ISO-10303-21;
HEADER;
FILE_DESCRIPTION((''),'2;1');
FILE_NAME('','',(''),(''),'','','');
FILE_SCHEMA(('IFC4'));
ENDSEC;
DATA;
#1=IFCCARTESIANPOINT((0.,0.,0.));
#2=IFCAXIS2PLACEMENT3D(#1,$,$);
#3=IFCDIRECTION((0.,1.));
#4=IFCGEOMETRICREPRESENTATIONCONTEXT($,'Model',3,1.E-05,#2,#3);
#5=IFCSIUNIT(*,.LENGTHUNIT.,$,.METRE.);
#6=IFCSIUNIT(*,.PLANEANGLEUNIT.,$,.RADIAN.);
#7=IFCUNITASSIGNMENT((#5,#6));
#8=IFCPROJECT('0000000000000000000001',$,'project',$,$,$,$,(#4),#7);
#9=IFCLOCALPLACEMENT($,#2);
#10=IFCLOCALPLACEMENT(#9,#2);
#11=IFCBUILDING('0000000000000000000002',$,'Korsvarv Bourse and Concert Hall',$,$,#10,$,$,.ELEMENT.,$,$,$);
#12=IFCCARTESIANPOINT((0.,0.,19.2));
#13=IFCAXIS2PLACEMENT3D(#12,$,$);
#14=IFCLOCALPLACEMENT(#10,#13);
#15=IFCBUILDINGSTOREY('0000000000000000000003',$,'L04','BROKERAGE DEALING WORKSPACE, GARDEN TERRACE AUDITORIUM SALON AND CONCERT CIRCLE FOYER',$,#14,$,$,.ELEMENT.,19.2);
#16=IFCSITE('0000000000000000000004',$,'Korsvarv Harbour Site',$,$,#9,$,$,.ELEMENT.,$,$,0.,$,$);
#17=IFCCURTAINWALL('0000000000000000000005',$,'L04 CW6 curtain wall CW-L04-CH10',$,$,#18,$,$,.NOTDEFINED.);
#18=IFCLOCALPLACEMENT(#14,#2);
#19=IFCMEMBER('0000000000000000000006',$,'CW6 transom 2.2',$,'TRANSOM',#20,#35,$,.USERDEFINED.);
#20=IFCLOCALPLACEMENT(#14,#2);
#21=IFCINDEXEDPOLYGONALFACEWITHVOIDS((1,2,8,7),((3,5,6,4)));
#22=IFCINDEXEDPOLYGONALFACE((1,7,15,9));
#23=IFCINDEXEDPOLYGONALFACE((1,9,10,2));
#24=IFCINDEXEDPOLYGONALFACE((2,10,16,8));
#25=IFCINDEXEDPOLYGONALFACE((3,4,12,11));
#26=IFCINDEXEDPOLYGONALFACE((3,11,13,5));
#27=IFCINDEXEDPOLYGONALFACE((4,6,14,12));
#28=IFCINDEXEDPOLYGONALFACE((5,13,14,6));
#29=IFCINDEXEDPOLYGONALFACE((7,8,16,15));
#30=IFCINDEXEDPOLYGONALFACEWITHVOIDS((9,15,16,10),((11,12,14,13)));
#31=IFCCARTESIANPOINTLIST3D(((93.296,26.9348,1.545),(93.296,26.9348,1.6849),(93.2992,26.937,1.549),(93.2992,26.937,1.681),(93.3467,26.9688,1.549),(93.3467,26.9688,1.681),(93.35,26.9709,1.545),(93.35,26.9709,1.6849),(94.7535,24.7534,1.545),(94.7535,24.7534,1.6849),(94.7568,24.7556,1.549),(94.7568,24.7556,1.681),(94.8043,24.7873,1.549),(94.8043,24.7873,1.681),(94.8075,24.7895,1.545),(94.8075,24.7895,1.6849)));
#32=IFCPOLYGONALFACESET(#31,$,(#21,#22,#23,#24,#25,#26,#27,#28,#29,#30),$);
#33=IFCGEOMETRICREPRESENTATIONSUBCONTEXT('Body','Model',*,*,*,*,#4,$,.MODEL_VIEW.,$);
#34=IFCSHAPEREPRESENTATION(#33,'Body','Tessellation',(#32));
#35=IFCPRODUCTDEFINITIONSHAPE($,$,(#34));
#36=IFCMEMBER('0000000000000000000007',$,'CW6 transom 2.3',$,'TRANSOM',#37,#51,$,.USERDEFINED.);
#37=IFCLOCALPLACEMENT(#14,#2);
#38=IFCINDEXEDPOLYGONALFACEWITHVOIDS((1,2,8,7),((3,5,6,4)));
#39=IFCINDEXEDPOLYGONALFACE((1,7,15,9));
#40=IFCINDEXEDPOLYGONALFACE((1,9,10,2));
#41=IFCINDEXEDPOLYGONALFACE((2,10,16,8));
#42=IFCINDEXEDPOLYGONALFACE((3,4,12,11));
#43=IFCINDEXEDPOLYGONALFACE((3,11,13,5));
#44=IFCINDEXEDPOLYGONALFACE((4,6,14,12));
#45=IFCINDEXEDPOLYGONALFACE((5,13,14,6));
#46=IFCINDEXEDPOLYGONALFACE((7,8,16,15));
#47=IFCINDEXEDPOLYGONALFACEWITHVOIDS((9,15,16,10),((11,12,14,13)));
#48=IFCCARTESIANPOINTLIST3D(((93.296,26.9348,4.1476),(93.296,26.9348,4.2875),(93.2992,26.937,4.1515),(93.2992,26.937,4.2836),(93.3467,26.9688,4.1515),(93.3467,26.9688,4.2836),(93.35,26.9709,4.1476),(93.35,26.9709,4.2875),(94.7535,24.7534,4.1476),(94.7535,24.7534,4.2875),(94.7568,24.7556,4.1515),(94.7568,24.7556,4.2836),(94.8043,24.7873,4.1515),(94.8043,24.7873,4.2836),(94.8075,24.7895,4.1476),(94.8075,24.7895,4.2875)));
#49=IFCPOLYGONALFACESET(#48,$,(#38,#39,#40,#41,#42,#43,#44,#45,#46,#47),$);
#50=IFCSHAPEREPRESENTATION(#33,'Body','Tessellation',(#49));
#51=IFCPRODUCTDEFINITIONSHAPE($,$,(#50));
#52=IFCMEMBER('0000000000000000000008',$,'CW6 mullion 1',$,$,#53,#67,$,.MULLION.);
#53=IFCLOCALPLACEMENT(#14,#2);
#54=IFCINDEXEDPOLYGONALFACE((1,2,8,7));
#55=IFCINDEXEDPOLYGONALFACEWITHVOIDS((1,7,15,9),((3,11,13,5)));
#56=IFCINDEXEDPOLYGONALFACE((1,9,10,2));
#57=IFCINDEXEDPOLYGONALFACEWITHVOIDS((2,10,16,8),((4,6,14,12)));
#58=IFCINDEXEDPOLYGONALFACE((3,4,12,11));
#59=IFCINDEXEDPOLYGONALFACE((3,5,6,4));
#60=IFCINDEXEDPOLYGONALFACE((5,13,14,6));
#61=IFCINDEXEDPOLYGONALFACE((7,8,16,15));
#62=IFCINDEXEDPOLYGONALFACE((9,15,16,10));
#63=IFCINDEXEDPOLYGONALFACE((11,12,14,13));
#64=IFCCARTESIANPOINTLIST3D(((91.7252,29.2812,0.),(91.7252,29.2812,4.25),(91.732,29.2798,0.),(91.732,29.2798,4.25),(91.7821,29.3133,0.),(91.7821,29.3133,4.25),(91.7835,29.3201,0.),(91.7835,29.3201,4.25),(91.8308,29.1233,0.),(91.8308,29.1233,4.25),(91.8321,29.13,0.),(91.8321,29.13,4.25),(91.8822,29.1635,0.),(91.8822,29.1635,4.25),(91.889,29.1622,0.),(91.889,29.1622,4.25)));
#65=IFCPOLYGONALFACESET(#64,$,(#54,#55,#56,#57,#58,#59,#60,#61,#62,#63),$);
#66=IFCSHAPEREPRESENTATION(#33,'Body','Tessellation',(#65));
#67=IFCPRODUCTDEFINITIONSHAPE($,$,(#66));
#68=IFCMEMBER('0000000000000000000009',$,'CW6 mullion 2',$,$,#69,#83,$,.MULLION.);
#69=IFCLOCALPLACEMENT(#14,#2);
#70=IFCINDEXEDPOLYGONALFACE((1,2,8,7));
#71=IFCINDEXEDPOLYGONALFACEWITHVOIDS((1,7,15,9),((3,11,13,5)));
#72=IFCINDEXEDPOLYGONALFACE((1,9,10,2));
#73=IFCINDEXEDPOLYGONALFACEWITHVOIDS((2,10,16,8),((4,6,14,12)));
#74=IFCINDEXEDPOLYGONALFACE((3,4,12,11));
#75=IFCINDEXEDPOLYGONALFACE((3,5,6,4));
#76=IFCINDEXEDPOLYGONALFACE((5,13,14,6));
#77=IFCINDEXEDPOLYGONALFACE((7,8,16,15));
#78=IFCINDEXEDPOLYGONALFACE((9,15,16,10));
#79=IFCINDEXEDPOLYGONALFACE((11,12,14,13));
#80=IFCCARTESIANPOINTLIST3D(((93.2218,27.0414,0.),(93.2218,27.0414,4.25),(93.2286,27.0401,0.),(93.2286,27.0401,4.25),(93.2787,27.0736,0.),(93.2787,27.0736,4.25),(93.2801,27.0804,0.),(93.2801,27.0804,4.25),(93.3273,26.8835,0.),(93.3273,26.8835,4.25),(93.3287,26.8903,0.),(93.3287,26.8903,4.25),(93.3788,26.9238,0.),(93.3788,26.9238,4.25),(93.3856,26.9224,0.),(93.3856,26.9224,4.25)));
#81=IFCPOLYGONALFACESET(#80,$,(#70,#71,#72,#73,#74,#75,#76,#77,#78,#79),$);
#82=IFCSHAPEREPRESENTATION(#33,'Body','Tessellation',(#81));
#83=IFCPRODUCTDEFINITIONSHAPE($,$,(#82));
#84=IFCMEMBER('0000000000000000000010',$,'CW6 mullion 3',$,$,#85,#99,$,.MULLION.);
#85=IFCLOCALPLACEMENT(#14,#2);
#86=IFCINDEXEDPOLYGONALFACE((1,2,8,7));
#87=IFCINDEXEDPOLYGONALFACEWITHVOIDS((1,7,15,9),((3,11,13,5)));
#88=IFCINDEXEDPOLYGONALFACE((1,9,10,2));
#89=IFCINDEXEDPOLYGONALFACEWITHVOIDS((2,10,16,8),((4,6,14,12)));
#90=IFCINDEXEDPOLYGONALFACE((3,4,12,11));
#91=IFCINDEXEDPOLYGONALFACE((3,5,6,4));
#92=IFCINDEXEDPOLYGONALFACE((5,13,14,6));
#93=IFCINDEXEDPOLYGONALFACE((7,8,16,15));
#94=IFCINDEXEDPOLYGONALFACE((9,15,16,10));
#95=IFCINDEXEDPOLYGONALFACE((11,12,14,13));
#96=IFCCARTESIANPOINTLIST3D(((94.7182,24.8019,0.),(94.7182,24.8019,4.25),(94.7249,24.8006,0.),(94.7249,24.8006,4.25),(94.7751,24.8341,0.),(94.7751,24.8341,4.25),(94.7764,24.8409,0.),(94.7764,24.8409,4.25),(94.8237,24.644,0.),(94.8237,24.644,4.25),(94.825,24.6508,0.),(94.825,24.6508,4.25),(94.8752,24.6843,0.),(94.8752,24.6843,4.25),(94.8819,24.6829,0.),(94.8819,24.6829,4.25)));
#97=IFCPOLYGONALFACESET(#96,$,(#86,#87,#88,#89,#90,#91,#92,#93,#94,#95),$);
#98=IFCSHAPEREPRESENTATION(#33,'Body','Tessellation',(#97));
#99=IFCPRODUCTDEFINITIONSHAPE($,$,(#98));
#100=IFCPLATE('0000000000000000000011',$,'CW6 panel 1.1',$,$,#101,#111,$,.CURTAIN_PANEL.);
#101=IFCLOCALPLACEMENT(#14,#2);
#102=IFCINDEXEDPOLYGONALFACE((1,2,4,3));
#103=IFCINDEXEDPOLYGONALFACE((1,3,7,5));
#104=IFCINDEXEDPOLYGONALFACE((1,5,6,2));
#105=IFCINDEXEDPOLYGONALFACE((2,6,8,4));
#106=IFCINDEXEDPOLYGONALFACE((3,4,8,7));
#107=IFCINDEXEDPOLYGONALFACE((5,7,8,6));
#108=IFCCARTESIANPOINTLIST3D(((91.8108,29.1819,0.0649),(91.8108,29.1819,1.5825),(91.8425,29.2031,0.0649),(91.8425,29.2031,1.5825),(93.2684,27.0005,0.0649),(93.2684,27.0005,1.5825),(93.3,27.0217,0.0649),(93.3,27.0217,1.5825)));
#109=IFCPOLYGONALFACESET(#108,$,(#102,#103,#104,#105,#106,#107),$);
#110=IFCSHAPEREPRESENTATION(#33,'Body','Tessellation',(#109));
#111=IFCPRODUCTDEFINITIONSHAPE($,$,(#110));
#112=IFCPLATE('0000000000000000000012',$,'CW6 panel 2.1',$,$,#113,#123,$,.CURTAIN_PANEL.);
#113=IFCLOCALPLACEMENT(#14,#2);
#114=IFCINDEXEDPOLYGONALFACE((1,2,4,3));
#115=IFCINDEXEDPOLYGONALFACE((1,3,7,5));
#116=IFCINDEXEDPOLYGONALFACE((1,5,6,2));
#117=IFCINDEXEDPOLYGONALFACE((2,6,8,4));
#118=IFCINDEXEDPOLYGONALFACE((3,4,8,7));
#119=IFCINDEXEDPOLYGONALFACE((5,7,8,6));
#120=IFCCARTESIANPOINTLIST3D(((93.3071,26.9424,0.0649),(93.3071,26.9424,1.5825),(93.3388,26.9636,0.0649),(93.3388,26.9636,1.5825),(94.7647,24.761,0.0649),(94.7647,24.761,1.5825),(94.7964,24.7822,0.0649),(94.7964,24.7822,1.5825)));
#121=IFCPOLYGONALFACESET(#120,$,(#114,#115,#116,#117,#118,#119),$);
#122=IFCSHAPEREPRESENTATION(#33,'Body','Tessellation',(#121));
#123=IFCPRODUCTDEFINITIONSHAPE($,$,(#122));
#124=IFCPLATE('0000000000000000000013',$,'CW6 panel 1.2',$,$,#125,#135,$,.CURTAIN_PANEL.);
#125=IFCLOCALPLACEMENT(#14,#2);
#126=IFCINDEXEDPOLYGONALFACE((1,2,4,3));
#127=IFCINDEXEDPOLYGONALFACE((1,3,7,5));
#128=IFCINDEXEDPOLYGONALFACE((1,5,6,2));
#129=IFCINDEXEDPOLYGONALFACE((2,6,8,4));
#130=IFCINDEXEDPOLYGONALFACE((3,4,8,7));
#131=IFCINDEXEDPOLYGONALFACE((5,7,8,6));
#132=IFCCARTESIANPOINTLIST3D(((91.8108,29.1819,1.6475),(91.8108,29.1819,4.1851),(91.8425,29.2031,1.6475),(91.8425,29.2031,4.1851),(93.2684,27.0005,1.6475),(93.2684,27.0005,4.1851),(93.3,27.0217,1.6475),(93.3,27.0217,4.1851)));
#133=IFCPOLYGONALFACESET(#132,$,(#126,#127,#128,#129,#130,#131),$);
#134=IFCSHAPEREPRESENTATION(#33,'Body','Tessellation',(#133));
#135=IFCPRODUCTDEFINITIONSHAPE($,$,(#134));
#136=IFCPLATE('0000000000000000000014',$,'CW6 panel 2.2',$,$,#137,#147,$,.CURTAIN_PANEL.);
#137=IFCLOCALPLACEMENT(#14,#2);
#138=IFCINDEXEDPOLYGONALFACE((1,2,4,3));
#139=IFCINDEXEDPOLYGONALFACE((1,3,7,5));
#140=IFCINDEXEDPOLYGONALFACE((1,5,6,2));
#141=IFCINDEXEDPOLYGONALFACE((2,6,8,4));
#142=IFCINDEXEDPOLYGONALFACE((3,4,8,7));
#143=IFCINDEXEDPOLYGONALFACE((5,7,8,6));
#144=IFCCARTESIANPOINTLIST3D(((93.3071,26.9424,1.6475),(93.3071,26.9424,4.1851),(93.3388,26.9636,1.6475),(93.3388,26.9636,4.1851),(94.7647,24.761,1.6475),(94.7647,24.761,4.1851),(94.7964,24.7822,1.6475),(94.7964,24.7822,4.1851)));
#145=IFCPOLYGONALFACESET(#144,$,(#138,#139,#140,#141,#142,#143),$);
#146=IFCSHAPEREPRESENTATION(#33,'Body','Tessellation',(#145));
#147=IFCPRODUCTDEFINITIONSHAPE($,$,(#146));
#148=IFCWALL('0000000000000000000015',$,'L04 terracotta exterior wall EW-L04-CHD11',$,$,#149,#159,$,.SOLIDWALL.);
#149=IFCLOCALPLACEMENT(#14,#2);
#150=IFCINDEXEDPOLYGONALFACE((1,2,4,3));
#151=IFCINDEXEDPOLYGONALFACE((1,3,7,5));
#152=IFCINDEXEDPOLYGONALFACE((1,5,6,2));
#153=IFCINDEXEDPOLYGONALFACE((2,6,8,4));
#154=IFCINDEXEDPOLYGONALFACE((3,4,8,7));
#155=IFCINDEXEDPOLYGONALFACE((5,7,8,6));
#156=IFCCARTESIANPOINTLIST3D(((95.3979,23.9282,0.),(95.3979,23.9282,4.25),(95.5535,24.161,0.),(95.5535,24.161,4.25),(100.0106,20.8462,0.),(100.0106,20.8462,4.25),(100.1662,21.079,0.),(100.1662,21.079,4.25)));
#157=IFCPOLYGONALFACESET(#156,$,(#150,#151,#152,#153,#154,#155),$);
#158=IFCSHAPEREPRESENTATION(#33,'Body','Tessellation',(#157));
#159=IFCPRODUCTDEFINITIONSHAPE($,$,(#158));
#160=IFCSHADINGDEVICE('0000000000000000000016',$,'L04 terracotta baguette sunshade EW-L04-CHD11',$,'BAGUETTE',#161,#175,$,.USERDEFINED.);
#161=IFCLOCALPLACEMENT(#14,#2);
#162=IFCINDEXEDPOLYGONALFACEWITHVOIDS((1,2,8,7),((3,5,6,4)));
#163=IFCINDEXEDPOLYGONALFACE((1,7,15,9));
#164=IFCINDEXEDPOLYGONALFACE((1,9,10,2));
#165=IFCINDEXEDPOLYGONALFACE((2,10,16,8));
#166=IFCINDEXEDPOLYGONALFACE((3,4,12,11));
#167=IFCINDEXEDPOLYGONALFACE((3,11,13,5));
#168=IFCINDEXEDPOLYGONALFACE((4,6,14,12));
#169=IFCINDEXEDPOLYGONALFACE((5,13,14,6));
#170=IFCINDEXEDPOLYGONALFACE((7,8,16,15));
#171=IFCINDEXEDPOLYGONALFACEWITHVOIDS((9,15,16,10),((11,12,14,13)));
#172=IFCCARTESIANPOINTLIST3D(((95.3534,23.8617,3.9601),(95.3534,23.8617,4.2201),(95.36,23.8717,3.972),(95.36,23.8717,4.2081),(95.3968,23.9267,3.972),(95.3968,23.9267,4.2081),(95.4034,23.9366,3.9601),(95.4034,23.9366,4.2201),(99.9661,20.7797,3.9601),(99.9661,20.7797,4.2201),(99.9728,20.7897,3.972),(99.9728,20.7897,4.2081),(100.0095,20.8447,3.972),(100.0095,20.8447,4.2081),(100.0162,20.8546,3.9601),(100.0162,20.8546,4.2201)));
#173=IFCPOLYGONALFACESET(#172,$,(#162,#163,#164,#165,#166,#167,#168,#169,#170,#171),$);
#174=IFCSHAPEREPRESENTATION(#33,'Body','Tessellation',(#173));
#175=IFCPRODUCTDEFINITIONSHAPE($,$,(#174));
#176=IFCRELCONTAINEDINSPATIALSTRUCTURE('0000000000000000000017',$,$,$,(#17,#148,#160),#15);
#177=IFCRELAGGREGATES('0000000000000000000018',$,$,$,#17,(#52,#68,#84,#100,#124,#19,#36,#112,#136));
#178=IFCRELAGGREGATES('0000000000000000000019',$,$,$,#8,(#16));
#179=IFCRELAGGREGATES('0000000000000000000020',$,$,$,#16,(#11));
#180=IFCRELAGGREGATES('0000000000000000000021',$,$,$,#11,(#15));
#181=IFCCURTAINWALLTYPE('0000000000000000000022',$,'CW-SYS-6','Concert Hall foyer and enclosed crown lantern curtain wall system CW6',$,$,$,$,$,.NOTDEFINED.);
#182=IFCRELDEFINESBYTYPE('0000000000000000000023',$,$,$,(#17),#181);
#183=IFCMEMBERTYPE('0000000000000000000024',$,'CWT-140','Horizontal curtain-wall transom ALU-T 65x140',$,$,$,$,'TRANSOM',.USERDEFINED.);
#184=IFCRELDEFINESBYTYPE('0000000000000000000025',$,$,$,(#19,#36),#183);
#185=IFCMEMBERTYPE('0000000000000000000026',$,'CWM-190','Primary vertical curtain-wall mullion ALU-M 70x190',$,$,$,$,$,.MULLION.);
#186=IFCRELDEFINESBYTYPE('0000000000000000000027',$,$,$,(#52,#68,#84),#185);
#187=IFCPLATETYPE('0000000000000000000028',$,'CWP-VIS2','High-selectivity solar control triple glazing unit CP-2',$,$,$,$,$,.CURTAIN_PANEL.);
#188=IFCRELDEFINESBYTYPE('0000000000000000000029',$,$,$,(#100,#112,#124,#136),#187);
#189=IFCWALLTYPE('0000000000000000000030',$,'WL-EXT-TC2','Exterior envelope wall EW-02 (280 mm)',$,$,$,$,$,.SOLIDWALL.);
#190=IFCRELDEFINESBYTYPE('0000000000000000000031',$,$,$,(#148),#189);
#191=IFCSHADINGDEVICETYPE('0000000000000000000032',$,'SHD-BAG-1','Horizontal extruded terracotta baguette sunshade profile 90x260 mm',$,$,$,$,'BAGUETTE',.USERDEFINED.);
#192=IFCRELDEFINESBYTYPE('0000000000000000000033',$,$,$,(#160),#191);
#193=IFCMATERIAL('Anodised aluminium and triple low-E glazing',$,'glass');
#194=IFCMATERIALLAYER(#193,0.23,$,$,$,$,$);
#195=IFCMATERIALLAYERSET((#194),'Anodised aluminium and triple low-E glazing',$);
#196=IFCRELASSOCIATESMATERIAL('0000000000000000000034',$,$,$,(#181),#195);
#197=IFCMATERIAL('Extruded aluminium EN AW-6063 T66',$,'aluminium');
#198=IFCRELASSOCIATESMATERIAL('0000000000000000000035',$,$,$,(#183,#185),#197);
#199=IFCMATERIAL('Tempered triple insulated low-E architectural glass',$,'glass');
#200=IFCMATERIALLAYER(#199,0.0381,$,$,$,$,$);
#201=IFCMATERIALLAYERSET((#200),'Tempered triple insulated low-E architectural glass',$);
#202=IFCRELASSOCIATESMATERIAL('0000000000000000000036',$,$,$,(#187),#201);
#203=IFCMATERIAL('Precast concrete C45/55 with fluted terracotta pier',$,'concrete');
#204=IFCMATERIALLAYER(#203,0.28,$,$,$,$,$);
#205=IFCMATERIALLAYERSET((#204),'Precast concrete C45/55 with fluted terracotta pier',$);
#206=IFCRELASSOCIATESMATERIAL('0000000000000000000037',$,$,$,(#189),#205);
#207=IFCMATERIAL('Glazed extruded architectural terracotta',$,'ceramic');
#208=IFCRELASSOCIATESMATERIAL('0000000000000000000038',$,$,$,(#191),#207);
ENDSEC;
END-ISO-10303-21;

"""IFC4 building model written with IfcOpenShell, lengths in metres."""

from ifc_helpers import new_model, si_unit, direction, frame, frame_2d, origin, origin_2d, place, context, subcontext, project, spatial, rectangle, hollow_rectangle, extrude, source, transform, mapped, material, layer, layer_set, material_profile, profile_set, type_object, element, aggregate, save


model = new_model("IFC4")

# Units and contexts
model_context = context("Model", 3, precision=1e-05, world=origin(), true_north=direction((0.0, 1.0)))
body_context = subcontext(model_context, "Body", "Model", "MODEL_VIEW")
ifc_project = project(units=[si_unit("LENGTHUNIT", "METRE"), si_unit("PLANEANGLEUNIT", "RADIAN")], contexts=[model_context])

# Site, building, storey
site_placement = place(None, origin())
site = spatial("IfcSite", under=ifc_project, at=site_placement, Name="Korsvarv Harbour Site", CompositionType="ELEMENT", RefElevation=0.0)
building_placement = place(site_placement, origin())
building = spatial("IfcBuilding", under=site, at=building_placement, Name="Korsvarv Bourse and Concert Hall", CompositionType="ELEMENT")
storey_placement = place(building_placement, frame((0.0, 0.0, 19.2)))
storey = spatial("IfcBuildingStorey", under=building, at=storey_placement, Name="L04", Description="BROKERAGE DEALING WORKSPACE, GARDEN TERRACE AUDITORIUM SALON AND CONCERT CIRCLE FOYER", CompositionType="ELEMENT", Elevation=19.2)

# Curtain wall, members, plates
ifc_material_1 = material(Name="Anodised aluminium and triple low-E glazing", Category="glass")
ifc_layer_1 = layer(ifc_material_1, 0.23)
ifc_layer_set_1 = layer_set([ifc_layer_1], Name="Anodised aluminium and triple low-E glazing")
curtain_wall_type = type_object("IfcCurtainWallType", Name="CW-SYS-6", Description="Concert Hall foyer and enclosed crown lantern curtain wall system CW6", PredefinedType="NOTDEFINED", material=ifc_layer_set_1)
curtain_wall_placement = place(storey_placement, origin())
curtain_wall = element("IfcCurtainWall", 1, at=curtain_wall_placement, inside=storey, type_object=curtain_wall_type, Name="L04 CW6 curtain wall CW-L04-CH10", PredefinedType="NOTDEFINED")
ifc_material_2 = material(Name="Extruded aluminium EN AW-6063 T66", Category="aluminium")
ifc_material_profile_1 = material_profile(ifc_material_2, hollow_rectangle(XDim=0.0649, YDim=0.1399, WallThickness=0.0039, at=origin_2d()), Name="ALU-T 65x140")
ifc_profile_set_1 = profile_set([ifc_material_profile_1], Name="Extruded aluminium EN AW-6063 T66")
member_type_1 = type_object("IfcMemberType", Name="CWT-140", Description="Horizontal curtain-wall transom ALU-T 65x140", ElementType="TRANSOM", PredefinedType="USERDEFINED", material=ifc_profile_set_1)
shared_shape_1 = source(origin(), body_context, "Body", "SweptSolid", [
    extrude(hollow_rectangle(XDim=0.0649, YDim=0.1399, WallThickness=0.0039, at=origin_2d()), origin(), (0.0, 0.0, 1.0), 2.6235),
])
member_1_placement = place(storey_placement, frame((93.323, 26.9529, 1.615), z_axis=(0.555559, -0.831477, 0.0), x_axis=(0.831477, 0.555559, 0.0)))
member_1 = element("IfcMember", 2, at=member_1_placement, type_object=member_type_1, Name="CW6 transom 2.2", ObjectType="TRANSOM", PredefinedType="USERDEFINED", context=body_context, shape_type="MappedRepresentation", body=[
    mapped(shared_shape_1, transform((0.0, 0.0, 0.0), scale=1.0)),
])
member_2_placement = place(storey_placement, frame((93.323, 26.9529, 4.2175), z_axis=(0.555559, -0.831477, 0.0), x_axis=(0.831477, 0.555559, 0.0)))
member_2 = element("IfcMember", 3, at=member_2_placement, type_object=member_type_1, Name="CW6 transom 2.3", ObjectType="TRANSOM", PredefinedType="USERDEFINED", context=body_context, shape_type="MappedRepresentation", body=[
    mapped(shared_shape_1, transform((0.0, 0.0, 0.0), scale=1.0)),
])
ifc_material_profile_2 = material_profile(ifc_material_2, hollow_rectangle(XDim=0.0701, YDim=0.1899, WallThickness=0.0049, at=origin_2d()), Name="ALU-M 70x190")
ifc_profile_set_2 = profile_set([ifc_material_profile_2], Name="Extruded aluminium EN AW-6063 T66")
member_type_2 = type_object("IfcMemberType", Name="CWM-190", Description="Primary vertical curtain-wall mullion ALU-M 70x190", PredefinedType="MULLION", material=ifc_profile_set_2)
shared_shape_2 = source(origin(), body_context, "Body", "SweptSolid", [
    extrude(hollow_rectangle(XDim=0.0701, YDim=0.1899, WallThickness=0.0049, at=origin_2d()), origin(), (0.0, 0.0, 1.0), 4.25),
])
member_3_placement = place(storey_placement, frame((91.8071, 29.2217, 0.0), z_axis=(0.0, 0.0, 1.0), x_axis=(0.831469, 0.555571, 0.0)))
member_3 = element("IfcMember", 4, at=member_3_placement, type_object=member_type_2, Name="CW6 mullion 1", PredefinedType="MULLION", context=body_context, shape_type="MappedRepresentation", body=[
    mapped(shared_shape_2, transform((0.0, 0.0, 0.0), scale=1.0)),
])
member_4_placement = place(storey_placement, frame((93.3037, 26.9819, 0.0), z_axis=(0.0, 0.0, 1.0), x_axis=(0.831469, 0.555571, 0.0)))
member_4 = element("IfcMember", 5, at=member_4_placement, type_object=member_type_2, Name="CW6 mullion 2", PredefinedType="MULLION", context=body_context, shape_type="MappedRepresentation", body=[
    mapped(shared_shape_2, transform((0.0, 0.0, 0.0), scale=1.0)),
])
member_5_placement = place(storey_placement, frame((94.8, 24.7424, 0.0), z_axis=(0.0, 0.0, 1.0), x_axis=(0.831469, 0.555571, 0.0)))
member_5 = element("IfcMember", 6, at=member_5_placement, type_object=member_type_2, Name="CW6 mullion 3", PredefinedType="MULLION", context=body_context, shape_type="MappedRepresentation", body=[
    mapped(shared_shape_2, transform((0.0, 0.0, 0.0), scale=1.0)),
])
ifc_material_3 = material(Name="Tempered triple insulated low-E architectural glass", Category="glass")
ifc_layer_2 = layer(ifc_material_3, 0.0381)
ifc_layer_set_2 = layer_set([ifc_layer_2], Name="Tempered triple insulated low-E architectural glass")
plate_type = type_object("IfcPlateType", Name="CWP-VIS2", Description="High-selectivity solar control triple glazing unit CP-2", PredefinedType="CURTAIN_PANEL", material=ifc_layer_set_2)
shared_shape_3 = source(origin(), body_context, "Body", "SweptSolid", [
    extrude(rectangle(XDim=2.6235, YDim=0.0381, at=origin_2d()), origin(), (0.0, 0.0, 1.0), 1.5176),
])
plate_1_placement = place(storey_placement, frame((92.5554, 28.1018, 0.0649), z_axis=(0.0, 0.0, 1.0), x_axis=(0.555571, -0.831469, 0.0)))
plate_1 = element("IfcPlate", 7, at=plate_1_placement, type_object=plate_type, Name="CW6 panel 1.1", PredefinedType="CURTAIN_PANEL", context=body_context, shape_type="MappedRepresentation", body=[
    mapped(shared_shape_3, transform((0.0, 0.0, 0.0), scale=1.0)),
])
plate_2_placement = place(storey_placement, frame((94.0518, 25.8623, 0.0649), z_axis=(0.0, 0.0, 1.0), x_axis=(0.555571, -0.831469, 0.0)))
plate_2 = element("IfcPlate", 8, at=plate_2_placement, type_object=plate_type, Name="CW6 panel 2.1", PredefinedType="CURTAIN_PANEL", context=body_context, shape_type="MappedRepresentation", body=[
    mapped(shared_shape_3, transform((0.0, 0.0, 0.0), scale=1.0)),
])
shared_shape_4 = source(origin(), body_context, "Body", "SweptSolid", [
    extrude(rectangle(XDim=2.6235, YDim=0.0381, at=origin_2d()), origin(), (0.0, 0.0, 1.0), 2.5376),
])
plate_3_placement = place(storey_placement, frame((92.5554, 28.1018, 1.6475), z_axis=(0.0, 0.0, 1.0), x_axis=(0.555571, -0.831469, 0.0)))
plate_3 = element("IfcPlate", 9, at=plate_3_placement, type_object=plate_type, Name="CW6 panel 1.2", PredefinedType="CURTAIN_PANEL", context=body_context, shape_type="MappedRepresentation", body=[
    mapped(shared_shape_4, transform((0.0, 0.0, 0.0), scale=1.0)),
])
plate_4_placement = place(storey_placement, frame((94.0518, 25.8623, 1.6475), z_axis=(0.0, 0.0, 1.0), x_axis=(0.555571, -0.831469, 0.0)))
plate_4 = element("IfcPlate", 10, at=plate_4_placement, type_object=plate_type, Name="CW6 panel 2.2", PredefinedType="CURTAIN_PANEL", context=body_context, shape_type="MappedRepresentation", body=[
    mapped(shared_shape_4, transform((0.0, 0.0, 0.0), scale=1.0)),
])
aggregate(curtain_wall, [member_3, member_4, member_5, plate_1, plate_3, member_1, member_2, plate_2, plate_4])

# Wall
ifc_material_4 = material(Name="Precast concrete C45/55 with fluted terracotta pier", Category="concrete")
ifc_layer_3 = layer(ifc_material_4, 0.28)
ifc_layer_set_3 = layer_set([ifc_layer_3], Name="Precast concrete C45/55 with fluted terracotta pier")
wall_type = type_object("IfcWallType", Name="WL-EXT-TC2", Description="Exterior envelope wall EW-02 (280 mm)", PredefinedType="SOLIDWALL", material=ifc_layer_set_3)
wall_placement = place(storey_placement, frame((95.4756, 24.0447, 0.0), z_axis=(0.0, 0.0, 1.0), x_axis=(0.831481, -0.555553, 0.0)))
element("IfcWall", 11, at=wall_placement, inside=storey, type_object=wall_type, Name="L04 terracotta exterior wall EW-L04-CHD11", PredefinedType="SOLIDWALL", context=body_context, shape_type="SweptSolid", body=[
    extrude(rectangle(XDim=5.5476, YDim=0.28, at=frame_2d((2.7739, 0.0))), origin(), (0.0, 0.0, 1.0), 4.25),
])

# Shading device
ifc_material_5 = material(Name="Glazed extruded architectural terracotta", Category="ceramic")
ifc_material_profile_3 = material_profile(ifc_material_5, hollow_rectangle(XDim=0.0901, YDim=0.26, WallThickness=0.012, at=origin_2d()), Name="TC-BAG 90x260")
ifc_profile_set_3 = profile_set([ifc_material_profile_3], Name="Glazed extruded architectural terracotta")
shading_device_type = type_object("IfcShadingDeviceType", Name="SHD-BAG-1", Description="Horizontal extruded terracotta baguette sunshade profile 90x260 mm", ElementType="BAGUETTE", PredefinedType="USERDEFINED", material=ifc_profile_set_3)
shared_shape_5 = source(origin(), body_context, "Body", "SweptSolid", [
    extrude(hollow_rectangle(XDim=0.0901, YDim=0.26, WallThickness=0.012, at=origin_2d()), origin(), (0.0, 0.0, 1.0), 5.5476),
])
shading_device_placement = place(storey_placement, frame((95.3784, 23.8992, 4.0901), z_axis=(0.831481, -0.555553, 0.0), x_axis=(0.555553, 0.831481, 0.0)))
element("IfcShadingDevice", 12, at=shading_device_placement, inside=storey, type_object=shading_device_type, Name="L04 terracotta baguette sunshade EW-L04-CHD11", ObjectType="BAGUETTE", PredefinedType="USERDEFINED", context=body_context, shape_type="MappedRepresentation", body=[
    mapped(shared_shape_5, transform((0.0, 0.0, 0.0), scale=1.0)),
])

save(model, "model.ifc")
